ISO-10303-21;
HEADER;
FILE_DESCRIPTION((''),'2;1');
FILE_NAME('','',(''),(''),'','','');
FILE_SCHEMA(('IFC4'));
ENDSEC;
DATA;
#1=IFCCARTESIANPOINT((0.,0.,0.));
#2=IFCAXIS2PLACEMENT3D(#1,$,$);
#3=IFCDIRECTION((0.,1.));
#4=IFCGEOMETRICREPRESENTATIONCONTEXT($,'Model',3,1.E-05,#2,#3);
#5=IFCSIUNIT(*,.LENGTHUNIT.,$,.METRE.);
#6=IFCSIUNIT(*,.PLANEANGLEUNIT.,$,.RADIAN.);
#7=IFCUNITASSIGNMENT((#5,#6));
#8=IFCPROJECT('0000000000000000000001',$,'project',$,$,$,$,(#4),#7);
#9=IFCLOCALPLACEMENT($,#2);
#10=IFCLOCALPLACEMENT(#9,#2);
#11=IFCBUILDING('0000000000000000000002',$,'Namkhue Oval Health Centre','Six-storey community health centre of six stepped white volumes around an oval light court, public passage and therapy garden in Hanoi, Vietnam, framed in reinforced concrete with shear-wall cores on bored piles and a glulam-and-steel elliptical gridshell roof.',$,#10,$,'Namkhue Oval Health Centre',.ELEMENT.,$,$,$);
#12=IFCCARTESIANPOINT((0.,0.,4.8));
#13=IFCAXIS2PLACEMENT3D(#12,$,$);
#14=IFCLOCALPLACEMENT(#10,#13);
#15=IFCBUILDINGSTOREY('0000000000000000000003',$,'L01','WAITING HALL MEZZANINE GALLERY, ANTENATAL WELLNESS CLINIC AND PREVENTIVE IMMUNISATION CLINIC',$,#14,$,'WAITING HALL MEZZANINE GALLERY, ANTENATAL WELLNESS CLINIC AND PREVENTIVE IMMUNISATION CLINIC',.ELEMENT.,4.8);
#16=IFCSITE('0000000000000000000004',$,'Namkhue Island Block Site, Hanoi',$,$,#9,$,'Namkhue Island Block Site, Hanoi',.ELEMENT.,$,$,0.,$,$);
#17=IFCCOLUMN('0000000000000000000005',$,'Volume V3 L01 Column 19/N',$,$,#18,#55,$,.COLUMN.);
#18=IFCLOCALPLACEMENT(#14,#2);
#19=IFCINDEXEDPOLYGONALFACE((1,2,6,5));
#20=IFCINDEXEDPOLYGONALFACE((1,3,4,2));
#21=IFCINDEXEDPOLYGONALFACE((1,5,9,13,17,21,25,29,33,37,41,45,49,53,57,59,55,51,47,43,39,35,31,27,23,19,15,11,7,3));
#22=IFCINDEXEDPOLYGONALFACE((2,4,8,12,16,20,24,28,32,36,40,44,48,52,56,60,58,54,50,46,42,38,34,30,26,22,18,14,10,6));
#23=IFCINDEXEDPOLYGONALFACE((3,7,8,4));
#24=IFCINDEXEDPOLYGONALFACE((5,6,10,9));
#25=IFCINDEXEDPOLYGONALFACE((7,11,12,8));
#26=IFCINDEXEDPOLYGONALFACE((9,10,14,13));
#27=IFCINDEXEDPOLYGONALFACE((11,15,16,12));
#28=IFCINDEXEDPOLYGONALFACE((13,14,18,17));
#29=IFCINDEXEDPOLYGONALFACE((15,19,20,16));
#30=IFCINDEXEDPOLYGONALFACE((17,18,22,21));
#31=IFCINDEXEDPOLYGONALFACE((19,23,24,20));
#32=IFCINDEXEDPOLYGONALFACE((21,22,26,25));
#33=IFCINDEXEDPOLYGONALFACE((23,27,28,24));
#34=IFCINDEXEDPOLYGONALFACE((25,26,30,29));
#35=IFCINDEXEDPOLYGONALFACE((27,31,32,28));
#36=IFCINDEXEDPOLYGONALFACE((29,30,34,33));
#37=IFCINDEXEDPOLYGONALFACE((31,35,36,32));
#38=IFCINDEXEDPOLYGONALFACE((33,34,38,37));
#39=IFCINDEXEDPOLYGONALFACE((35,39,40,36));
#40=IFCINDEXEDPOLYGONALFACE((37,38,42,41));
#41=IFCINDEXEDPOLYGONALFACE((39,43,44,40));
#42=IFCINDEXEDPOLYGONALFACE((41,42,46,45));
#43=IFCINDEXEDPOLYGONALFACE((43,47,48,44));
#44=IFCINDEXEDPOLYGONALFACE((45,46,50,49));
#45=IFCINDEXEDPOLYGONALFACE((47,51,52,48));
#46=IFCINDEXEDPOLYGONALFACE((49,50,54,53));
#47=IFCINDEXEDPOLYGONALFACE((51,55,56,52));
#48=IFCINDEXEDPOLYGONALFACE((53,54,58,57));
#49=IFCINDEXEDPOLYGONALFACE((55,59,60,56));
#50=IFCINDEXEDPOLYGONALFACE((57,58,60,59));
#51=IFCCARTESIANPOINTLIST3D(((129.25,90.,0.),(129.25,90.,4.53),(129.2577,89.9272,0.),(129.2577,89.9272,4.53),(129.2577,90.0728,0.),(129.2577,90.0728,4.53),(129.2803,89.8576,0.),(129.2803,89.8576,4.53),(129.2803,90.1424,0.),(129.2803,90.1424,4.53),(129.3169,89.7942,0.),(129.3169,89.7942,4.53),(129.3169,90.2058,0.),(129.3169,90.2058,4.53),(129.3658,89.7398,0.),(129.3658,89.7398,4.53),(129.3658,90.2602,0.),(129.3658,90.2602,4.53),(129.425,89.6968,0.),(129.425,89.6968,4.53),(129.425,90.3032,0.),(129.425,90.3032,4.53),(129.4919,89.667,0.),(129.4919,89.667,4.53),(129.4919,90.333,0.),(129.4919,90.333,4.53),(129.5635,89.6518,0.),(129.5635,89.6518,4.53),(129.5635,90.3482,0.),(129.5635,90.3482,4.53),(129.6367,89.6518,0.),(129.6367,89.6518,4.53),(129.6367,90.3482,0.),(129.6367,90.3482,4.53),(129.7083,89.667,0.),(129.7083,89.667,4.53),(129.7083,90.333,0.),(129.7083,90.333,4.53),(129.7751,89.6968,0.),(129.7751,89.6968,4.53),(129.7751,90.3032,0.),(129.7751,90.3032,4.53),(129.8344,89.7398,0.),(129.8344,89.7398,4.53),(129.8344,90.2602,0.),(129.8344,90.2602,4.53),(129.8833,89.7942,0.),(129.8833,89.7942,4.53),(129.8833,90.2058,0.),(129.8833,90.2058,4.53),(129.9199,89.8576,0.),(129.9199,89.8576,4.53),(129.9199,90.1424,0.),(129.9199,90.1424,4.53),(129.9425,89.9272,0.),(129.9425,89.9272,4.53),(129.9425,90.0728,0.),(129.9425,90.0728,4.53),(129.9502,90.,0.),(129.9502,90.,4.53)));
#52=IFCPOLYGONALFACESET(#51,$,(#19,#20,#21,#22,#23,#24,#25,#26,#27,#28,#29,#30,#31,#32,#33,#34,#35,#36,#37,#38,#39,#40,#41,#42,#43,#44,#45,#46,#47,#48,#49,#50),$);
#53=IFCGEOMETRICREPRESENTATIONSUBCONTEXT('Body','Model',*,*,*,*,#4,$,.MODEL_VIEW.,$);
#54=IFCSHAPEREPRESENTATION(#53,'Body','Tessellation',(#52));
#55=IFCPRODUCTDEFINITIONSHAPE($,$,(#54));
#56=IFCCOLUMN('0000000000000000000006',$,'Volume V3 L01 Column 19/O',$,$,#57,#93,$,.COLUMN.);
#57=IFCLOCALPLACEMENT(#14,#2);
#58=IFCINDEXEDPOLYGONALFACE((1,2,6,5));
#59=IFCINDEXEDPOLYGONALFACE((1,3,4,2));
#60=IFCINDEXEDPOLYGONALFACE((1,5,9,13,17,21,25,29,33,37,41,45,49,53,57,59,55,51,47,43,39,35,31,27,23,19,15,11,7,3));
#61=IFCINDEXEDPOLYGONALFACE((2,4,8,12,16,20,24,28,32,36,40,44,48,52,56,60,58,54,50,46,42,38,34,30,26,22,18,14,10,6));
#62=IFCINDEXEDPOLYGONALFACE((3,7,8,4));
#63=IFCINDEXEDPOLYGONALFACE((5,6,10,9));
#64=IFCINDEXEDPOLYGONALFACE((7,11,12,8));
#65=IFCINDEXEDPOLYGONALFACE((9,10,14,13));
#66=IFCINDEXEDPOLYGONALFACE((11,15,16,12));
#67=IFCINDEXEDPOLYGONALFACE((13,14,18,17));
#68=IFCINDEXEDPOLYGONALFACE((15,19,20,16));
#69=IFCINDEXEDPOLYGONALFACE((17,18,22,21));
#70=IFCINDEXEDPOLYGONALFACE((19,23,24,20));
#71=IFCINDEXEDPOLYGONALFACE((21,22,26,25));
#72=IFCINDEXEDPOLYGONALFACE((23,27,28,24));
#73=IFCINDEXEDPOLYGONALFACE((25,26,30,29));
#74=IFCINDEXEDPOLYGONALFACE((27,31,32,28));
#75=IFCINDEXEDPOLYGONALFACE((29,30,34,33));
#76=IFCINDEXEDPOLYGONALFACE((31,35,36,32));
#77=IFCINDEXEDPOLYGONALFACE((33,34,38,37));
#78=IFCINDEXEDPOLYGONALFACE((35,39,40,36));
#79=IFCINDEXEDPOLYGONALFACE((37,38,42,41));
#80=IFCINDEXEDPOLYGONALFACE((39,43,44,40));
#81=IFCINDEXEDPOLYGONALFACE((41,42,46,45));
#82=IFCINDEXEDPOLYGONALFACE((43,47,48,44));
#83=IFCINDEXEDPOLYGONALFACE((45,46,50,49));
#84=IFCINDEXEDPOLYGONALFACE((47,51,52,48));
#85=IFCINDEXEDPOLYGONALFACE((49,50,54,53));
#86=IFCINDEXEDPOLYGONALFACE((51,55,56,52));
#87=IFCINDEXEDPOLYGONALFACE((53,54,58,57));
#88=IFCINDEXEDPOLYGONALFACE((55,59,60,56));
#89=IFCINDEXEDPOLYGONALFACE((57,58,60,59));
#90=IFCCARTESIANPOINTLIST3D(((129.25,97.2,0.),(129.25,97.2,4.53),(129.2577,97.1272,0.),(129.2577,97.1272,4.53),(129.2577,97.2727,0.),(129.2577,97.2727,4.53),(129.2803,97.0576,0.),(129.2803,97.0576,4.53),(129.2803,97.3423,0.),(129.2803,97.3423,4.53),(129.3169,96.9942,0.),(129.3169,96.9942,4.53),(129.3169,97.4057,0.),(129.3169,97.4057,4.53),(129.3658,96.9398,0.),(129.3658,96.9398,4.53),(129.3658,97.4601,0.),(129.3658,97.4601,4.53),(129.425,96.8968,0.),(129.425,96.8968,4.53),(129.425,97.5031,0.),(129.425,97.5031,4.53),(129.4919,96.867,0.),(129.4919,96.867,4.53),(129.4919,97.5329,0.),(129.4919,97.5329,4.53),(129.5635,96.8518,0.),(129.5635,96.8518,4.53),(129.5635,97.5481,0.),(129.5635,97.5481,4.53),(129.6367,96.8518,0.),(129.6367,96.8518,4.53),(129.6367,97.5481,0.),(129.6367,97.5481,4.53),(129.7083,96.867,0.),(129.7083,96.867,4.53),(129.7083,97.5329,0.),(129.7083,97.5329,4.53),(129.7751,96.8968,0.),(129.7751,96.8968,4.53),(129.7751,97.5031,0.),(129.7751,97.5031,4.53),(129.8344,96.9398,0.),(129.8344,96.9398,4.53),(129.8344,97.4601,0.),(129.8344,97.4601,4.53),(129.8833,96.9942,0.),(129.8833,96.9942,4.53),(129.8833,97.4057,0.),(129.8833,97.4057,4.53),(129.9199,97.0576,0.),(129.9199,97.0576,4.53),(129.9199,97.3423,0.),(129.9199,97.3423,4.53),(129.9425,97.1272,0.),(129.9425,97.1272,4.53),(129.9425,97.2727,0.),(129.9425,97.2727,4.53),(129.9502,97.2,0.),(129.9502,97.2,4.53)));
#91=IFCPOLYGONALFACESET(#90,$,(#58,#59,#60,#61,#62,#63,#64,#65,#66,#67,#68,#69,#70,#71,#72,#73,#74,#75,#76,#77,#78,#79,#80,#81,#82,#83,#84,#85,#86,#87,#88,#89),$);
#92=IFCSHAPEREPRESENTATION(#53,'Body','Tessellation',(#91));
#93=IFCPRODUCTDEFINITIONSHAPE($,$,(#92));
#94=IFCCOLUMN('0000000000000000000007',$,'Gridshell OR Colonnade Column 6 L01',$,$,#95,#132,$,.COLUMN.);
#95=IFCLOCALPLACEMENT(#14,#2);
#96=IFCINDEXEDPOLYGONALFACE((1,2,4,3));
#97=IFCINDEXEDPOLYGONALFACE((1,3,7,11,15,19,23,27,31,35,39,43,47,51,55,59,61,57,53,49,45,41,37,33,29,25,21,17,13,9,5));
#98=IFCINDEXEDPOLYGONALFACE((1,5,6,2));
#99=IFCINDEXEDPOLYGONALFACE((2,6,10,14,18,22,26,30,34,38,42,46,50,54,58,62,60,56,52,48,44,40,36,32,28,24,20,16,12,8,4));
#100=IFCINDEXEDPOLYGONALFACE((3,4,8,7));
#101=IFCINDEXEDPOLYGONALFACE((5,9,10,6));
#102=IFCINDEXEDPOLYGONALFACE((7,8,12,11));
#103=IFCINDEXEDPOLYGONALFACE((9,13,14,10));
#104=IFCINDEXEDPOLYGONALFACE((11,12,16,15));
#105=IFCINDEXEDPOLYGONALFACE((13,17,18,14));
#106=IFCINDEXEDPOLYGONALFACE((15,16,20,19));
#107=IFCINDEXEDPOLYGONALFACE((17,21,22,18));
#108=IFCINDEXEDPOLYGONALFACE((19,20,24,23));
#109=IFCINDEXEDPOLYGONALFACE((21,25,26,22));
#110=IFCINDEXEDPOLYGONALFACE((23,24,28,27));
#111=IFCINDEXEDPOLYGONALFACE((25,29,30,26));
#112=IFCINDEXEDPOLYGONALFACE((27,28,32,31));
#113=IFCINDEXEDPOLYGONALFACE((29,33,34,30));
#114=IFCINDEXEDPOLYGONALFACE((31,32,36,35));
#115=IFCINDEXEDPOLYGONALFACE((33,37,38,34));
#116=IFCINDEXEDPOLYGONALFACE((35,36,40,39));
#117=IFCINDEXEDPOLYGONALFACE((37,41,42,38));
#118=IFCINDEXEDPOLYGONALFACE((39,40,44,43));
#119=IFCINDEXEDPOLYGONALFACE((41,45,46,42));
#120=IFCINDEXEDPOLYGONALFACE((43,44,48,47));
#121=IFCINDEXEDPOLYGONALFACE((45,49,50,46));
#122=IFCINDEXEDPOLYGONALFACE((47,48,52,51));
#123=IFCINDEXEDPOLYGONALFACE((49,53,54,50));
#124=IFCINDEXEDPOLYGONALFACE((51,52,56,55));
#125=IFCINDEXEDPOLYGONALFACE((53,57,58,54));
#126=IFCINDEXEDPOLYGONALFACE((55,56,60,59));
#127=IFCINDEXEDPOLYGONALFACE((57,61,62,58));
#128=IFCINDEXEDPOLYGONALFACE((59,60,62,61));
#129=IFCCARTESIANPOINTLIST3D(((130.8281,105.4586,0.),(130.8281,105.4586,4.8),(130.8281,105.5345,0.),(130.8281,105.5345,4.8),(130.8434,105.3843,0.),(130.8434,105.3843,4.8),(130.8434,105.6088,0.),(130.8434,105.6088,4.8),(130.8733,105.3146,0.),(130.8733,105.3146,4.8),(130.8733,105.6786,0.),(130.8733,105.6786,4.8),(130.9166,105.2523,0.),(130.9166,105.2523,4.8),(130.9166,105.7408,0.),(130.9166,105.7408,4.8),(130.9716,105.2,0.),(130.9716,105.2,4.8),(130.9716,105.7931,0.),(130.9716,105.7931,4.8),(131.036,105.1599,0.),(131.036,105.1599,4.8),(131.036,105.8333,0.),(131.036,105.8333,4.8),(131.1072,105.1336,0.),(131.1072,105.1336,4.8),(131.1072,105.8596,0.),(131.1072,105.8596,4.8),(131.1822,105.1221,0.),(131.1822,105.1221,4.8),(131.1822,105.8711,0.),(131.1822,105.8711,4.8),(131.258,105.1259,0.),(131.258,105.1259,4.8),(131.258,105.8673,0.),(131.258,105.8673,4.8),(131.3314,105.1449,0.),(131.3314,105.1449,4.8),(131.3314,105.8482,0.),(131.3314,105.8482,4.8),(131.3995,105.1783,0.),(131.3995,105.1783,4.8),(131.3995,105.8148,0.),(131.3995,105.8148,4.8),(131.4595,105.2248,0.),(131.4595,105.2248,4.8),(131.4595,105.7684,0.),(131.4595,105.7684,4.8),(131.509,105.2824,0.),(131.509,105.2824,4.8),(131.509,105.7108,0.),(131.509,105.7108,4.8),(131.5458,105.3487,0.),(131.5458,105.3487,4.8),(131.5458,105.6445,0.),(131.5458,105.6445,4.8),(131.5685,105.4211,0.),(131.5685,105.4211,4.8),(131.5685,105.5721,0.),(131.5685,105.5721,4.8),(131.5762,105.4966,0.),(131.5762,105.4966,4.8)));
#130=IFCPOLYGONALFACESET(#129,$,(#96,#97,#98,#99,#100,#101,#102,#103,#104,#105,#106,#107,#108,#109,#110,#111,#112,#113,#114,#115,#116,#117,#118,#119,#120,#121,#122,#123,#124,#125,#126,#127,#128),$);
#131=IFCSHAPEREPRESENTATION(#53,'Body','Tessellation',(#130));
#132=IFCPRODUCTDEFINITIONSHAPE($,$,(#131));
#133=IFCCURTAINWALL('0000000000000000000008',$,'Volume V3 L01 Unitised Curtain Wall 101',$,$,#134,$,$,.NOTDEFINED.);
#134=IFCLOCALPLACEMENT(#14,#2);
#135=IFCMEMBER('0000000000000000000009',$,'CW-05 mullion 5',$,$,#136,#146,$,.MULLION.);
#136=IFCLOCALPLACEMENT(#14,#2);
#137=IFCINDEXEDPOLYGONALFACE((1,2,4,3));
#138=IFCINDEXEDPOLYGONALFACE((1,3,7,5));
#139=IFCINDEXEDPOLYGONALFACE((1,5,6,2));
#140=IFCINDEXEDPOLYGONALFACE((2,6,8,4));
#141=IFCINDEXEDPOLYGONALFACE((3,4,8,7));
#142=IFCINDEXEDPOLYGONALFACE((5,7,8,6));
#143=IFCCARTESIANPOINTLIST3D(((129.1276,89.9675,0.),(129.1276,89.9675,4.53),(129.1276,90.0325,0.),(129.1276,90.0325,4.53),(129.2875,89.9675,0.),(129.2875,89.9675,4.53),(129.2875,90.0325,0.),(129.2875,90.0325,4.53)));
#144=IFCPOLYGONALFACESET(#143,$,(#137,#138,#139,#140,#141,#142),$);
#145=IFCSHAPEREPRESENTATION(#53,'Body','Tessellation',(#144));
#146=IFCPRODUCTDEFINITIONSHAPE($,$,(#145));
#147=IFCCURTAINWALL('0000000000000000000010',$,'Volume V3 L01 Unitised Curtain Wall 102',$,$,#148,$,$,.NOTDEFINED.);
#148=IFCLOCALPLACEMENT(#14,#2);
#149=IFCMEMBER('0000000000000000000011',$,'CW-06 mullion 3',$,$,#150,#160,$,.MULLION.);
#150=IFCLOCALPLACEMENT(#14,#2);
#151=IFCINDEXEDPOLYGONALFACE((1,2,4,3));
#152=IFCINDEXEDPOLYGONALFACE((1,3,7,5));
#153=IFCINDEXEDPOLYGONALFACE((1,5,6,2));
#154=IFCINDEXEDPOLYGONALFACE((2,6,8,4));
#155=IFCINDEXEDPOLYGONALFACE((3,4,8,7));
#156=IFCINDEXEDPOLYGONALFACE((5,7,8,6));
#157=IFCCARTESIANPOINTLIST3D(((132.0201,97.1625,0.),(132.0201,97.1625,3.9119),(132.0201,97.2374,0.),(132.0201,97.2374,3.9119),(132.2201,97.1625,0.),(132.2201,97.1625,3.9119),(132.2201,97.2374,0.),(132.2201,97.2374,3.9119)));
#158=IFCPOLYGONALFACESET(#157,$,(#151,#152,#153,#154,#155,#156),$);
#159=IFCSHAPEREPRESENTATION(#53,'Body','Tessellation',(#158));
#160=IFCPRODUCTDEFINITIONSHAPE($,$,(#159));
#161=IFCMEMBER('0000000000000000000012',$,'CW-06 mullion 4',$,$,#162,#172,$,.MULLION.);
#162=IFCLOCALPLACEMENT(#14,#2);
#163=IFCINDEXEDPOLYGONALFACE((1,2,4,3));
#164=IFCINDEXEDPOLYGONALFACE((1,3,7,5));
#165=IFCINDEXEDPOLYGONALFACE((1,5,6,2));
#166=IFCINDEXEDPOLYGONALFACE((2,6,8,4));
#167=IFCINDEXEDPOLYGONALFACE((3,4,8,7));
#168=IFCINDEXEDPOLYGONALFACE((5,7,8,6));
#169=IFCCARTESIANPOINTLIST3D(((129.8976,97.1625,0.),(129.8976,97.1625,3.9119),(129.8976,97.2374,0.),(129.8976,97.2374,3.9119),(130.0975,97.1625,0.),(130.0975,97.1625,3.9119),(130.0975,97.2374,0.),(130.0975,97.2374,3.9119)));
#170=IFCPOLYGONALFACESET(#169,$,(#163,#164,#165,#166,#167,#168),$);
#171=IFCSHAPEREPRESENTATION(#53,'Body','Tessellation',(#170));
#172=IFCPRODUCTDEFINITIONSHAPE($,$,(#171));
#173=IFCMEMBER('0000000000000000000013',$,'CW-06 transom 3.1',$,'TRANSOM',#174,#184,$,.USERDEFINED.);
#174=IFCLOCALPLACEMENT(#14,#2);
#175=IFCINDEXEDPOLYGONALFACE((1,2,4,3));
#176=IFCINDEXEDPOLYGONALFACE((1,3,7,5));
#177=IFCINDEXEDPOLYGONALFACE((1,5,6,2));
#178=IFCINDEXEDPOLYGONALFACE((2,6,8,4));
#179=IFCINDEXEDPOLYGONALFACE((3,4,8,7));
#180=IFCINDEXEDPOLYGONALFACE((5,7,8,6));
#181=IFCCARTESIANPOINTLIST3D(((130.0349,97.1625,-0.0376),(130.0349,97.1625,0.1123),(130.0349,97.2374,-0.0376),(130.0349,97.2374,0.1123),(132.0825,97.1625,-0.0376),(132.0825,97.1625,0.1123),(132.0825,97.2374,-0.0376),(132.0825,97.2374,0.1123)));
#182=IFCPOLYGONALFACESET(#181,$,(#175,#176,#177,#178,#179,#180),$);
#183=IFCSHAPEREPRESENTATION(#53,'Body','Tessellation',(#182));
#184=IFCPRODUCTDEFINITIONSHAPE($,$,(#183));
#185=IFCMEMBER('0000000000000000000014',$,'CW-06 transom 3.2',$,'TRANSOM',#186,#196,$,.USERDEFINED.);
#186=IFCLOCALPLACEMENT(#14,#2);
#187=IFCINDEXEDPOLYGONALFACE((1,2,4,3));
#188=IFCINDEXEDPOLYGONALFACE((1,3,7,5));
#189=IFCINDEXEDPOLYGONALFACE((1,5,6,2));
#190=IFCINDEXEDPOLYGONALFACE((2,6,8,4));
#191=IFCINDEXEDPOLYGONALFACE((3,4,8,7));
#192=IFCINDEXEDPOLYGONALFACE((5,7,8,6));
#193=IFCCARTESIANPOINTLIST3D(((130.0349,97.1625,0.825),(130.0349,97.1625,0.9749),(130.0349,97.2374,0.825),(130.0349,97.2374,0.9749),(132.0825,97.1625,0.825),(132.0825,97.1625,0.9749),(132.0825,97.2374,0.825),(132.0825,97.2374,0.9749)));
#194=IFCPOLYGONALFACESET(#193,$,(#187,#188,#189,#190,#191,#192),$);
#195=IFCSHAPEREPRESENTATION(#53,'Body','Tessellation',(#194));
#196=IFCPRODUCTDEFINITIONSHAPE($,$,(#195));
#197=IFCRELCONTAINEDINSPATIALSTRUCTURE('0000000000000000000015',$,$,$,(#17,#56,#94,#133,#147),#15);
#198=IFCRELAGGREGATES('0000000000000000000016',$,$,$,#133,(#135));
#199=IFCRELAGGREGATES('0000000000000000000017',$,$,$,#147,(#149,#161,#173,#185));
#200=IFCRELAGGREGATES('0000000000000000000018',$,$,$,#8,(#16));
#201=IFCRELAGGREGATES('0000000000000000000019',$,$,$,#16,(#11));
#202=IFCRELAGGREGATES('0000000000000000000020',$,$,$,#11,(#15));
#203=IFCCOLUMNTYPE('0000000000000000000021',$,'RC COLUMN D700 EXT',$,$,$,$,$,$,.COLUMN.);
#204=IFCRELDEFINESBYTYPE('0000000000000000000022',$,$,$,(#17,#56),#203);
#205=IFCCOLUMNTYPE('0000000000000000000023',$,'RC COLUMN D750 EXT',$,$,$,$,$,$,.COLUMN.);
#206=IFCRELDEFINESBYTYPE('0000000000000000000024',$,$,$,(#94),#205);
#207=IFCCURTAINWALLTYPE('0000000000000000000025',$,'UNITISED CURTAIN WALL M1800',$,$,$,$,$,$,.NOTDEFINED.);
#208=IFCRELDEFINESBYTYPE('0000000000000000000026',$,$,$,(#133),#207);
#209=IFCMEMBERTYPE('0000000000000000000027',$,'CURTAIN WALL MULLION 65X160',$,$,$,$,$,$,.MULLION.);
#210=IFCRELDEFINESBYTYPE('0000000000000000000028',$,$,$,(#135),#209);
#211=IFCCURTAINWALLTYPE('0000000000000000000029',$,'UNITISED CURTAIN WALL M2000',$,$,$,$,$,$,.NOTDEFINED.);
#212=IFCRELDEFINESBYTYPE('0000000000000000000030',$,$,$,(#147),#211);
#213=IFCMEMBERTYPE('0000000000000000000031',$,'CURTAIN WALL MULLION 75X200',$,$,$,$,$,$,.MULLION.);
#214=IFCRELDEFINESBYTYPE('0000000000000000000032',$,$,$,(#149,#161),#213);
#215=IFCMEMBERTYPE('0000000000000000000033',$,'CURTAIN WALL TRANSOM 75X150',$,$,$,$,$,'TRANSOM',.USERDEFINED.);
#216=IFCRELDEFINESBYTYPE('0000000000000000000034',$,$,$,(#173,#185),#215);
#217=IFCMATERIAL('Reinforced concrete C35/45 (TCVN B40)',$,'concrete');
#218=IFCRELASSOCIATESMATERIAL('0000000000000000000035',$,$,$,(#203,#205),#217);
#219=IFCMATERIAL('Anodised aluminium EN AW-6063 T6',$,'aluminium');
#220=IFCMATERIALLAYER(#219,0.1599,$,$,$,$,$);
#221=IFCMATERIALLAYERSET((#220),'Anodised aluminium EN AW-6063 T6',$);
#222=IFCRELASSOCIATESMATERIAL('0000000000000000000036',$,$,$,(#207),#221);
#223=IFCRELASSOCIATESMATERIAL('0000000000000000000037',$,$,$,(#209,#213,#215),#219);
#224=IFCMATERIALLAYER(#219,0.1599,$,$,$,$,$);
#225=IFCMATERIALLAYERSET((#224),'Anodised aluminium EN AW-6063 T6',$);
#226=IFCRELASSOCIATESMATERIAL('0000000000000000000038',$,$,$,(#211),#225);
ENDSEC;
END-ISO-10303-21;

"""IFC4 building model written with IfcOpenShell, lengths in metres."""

from ifc_helpers import new_model, si_unit, direction, frame, origin, origin_2d, place, context, subcontext, project, spatial, rectangle, circle, extrude, material, layer, layer_set, material_profile, profile_set, type_object, element, aggregate, save


model = new_model("IFC4")

# Units and contexts
model_context = context("Model", 3, precision=1e-05, world=origin(), true_north=direction((0.0, 1.0)))
body_context = subcontext(model_context, "Body", "Model", "MODEL_VIEW")
ifc_project = project(units=[si_unit("LENGTHUNIT", "METRE"), si_unit("PLANEANGLEUNIT", "RADIAN")], contexts=[model_context])

# Site, building, storey
site_placement = place(None, origin())
site = spatial("IfcSite", under=ifc_project, at=site_placement, Name="Namkhue Island Block Site, Hanoi", LongName="Namkhue Island Block Site, Hanoi", CompositionType="ELEMENT", RefElevation=0.0)
building_placement = place(site_placement, origin())
building = spatial("IfcBuilding", under=site, at=building_placement, Name="Namkhue Oval Health Centre", Description="Six-storey community health centre of six stepped white volumes around an oval light court, public passage and therapy garden in Hanoi, Vietnam, framed in reinforced concrete with shear-wall cores on bored piles and a glulam-and-steel elliptical gridshell roof.", LongName="Namkhue Oval Health Centre", CompositionType="ELEMENT")
storey_placement = place(building_placement, frame((0.0, 0.0, 4.8)))
storey = spatial("IfcBuildingStorey", under=building, at=storey_placement, Name="L01", Description="WAITING HALL MEZZANINE GALLERY, ANTENATAL WELLNESS CLINIC AND PREVENTIVE IMMUNISATION CLINIC", LongName="WAITING HALL MEZZANINE GALLERY, ANTENATAL WELLNESS CLINIC AND PREVENTIVE IMMUNISATION CLINIC", CompositionType="ELEMENT", Elevation=4.8)

# Columns
ifc_material_1 = material(Name="Reinforced concrete C35/45 (TCVN B40)", Category="concrete")
ifc_material_profile_1 = material_profile(ifc_material_1, circle(Radius=0.3501, at=origin_2d()), Name="RC D700")
ifc_profile_set_1 = profile_set([ifc_material_profile_1], Name="Reinforced concrete C35/45 (TCVN B40)")
column_type_1 = type_object("IfcColumnType", Name="RC COLUMN D700 EXT", PredefinedType="COLUMN", material=ifc_profile_set_1)
for number, where, z_axis, x_axis, name in (
    (1, (129.6001, 90.0, 0.0), (0.0, 0.0, 1.0), (1.0, 0.0, 0.0), "Volume V3 L01 Column 19/N"),
    (2, (129.6001, 97.2, 0.0), (0.0, 0.0, 1.0), (1.0, 0.0, 0.0), "Volume V3 L01 Column 19/O"),
):
    element("IfcColumn", number, at=place(storey_placement, frame(where, z_axis=z_axis, x_axis=x_axis)), inside=storey, type_object=column_type_1, Name=name, PredefinedType="COLUMN", context=body_context, shape_type="SweptSolid", body=[
        extrude(circle(Radius=0.3501, at=origin_2d()), origin(), (0.0, 0.0, 1.0), 4.53),
    ])
ifc_material_profile_2 = material_profile(ifc_material_1, circle(Radius=0.375, at=origin_2d()), Name="RC D750")
ifc_profile_set_2 = profile_set([ifc_material_profile_2], Name="Reinforced concrete C35/45 (TCVN B40)")
column_type_2 = type_object("IfcColumnType", Name="RC COLUMN D750 EXT", PredefinedType="COLUMN", material=ifc_profile_set_2)
column_placement = place(storey_placement, frame((131.2012, 105.4966, 0.0), z_axis=(0.0, 0.0, 1.0), x_axis=(1.0, 0.0, 0.0)))
element("IfcColumn", 3, at=column_placement, inside=storey, type_object=column_type_2, Name="Gridshell OR Colonnade Column 6 L01", PredefinedType="COLUMN", context=body_context, shape_type="SweptSolid", body=[
    extrude(circle(Radius=0.375, at=origin_2d()), origin(), (0.0, 0.0, 1.0), 4.8),
])

# Curtain wall, member
ifc_material_2 = material(Name="Anodised aluminium EN AW-6063 T6", Category="aluminium")
ifc_layer_1 = layer(ifc_material_2, 0.1599)
ifc_layer_set_1 = layer_set([ifc_layer_1], Name="Anodised aluminium EN AW-6063 T6")
curtain_wall_type_1 = type_object("IfcCurtainWallType", Name="UNITISED CURTAIN WALL M1800", PredefinedType="NOTDEFINED", material=ifc_layer_set_1)
curtain_wall_1_placement = place(storey_placement, origin())
curtain_wall_1 = element("IfcCurtainWall", 4, at=curtain_wall_1_placement, inside=storey, type_object=curtain_wall_type_1, Name="Volume V3 L01 Unitised Curtain Wall 101", PredefinedType="NOTDEFINED")
ifc_material_profile_3 = material_profile(ifc_material_2, rectangle(XDim=0.0649, YDim=0.1599, at=origin_2d()), Name="ALU 65x160")
ifc_profile_set_3 = profile_set([ifc_material_profile_3], Name="Anodised aluminium EN AW-6063 T6")
member_type_1 = type_object("IfcMemberType", Name="CURTAIN WALL MULLION 65X160", PredefinedType="MULLION", material=ifc_profile_set_3)
member_1_placement = place(storey_placement, frame((129.2075, 90.0, 0.0), z_axis=(0.0, 0.0, 1.0), x_axis=(0.0, 1.0, 0.0)))
member_1 = element("IfcMember", 5, at=member_1_placement, type_object=member_type_1, Name="CW-05 mullion 5", PredefinedType="MULLION", context=body_context, shape_type="SweptSolid", body=[
    extrude(rectangle(XDim=0.0649, YDim=0.1599, at=origin_2d()), origin(), (0.0, 0.0, 1.0), 4.53),
])

# Curtain wall, members
ifc_layer_2 = layer(ifc_material_2, 0.1599)
ifc_layer_set_2 = layer_set([ifc_layer_2], Name="Anodised aluminium EN AW-6063 T6")
curtain_wall_type_2 = type_object("IfcCurtainWallType", Name="UNITISED CURTAIN WALL M2000", PredefinedType="NOTDEFINED", material=ifc_layer_set_2)
curtain_wall_2_placement = place(storey_placement, origin())
curtain_wall_2 = element("IfcCurtainWall", 6, at=curtain_wall_2_placement, inside=storey, type_object=curtain_wall_type_2, Name="Volume V3 L01 Unitised Curtain Wall 102", PredefinedType="NOTDEFINED")
ifc_material_profile_4 = material_profile(ifc_material_2, rectangle(XDim=0.075, YDim=0.2, at=origin_2d()), Name="ALU 75x200")
ifc_profile_set_4 = profile_set([ifc_material_profile_4], Name="Anodised aluminium EN AW-6063 T6")
member_type_2 = type_object("IfcMemberType", Name="CURTAIN WALL MULLION 75X200", PredefinedType="MULLION", material=ifc_profile_set_4)
member_2_placement = place(storey_placement, frame((132.1201, 97.2, 0.0), z_axis=(0.0, 0.0, 1.0), x_axis=(0.0, -1.0, 0.0)))
member_2 = element("IfcMember", 7, at=member_2_placement, type_object=member_type_2, Name="CW-06 mullion 3", PredefinedType="MULLION", context=body_context, shape_type="SweptSolid", body=[
    extrude(rectangle(XDim=0.075, YDim=0.2, at=origin_2d()), origin(), (0.0, 0.0, 1.0), 3.9119),
])
member_3_placement = place(storey_placement, frame((129.9976, 97.2, 0.0), z_axis=(0.0, 0.0, 1.0), x_axis=(0.0, -1.0, 0.0)))
member_3 = element("IfcMember", 8, at=member_3_placement, type_object=member_type_2, Name="CW-06 mullion 4", PredefinedType="MULLION", context=body_context, shape_type="SweptSolid", body=[
    extrude(rectangle(XDim=0.075, YDim=0.2, at=origin_2d()), origin(), (0.0, 0.0, 1.0), 3.9119),
])
ifc_material_profile_5 = material_profile(ifc_material_2, rectangle(XDim=0.075, YDim=0.1499, at=origin_2d()), Name="ALU 75x150")
ifc_profile_set_5 = profile_set([ifc_material_profile_5], Name="Anodised aluminium EN AW-6063 T6")
member_type_3 = type_object("IfcMemberType", Name="CURTAIN WALL TRANSOM 75X150", ElementType="TRANSOM", PredefinedType="USERDEFINED", material=ifc_profile_set_5)
member_4_placement = place(storey_placement, frame((132.0825, 97.2, 0.0374), z_axis=(-1.0, 0.0, 0.0), x_axis=(0.0, -1.0, 0.0)))
member_4 = element("IfcMember", 9, at=member_4_placement, type_object=member_type_3, Name="CW-06 transom 3.1", ObjectType="TRANSOM", PredefinedType="USERDEFINED", context=body_context, shape_type="SweptSolid", body=[
    extrude(rectangle(XDim=0.075, YDim=0.1499, at=origin_2d()), origin(), (0.0, 0.0, 1.0), 2.0476),
])
member_5_placement = place(storey_placement, frame((132.0825, 97.2, 0.8999), z_axis=(-1.0, 0.0, 0.0), x_axis=(0.0, -1.0, 0.0)))
member_5 = element("IfcMember", 10, at=member_5_placement, type_object=member_type_3, Name="CW-06 transom 3.2", ObjectType="TRANSOM", PredefinedType="USERDEFINED", context=body_context, shape_type="SweptSolid", body=[
    extrude(rectangle(XDim=0.075, YDim=0.1499, at=origin_2d()), origin(), (0.0, 0.0, 1.0), 2.0476),
])

aggregate(curtain_wall_1, [member_1])
aggregate(curtain_wall_2, [member_2, member_3, member_4, member_5])

save(model, "model.ifc")
